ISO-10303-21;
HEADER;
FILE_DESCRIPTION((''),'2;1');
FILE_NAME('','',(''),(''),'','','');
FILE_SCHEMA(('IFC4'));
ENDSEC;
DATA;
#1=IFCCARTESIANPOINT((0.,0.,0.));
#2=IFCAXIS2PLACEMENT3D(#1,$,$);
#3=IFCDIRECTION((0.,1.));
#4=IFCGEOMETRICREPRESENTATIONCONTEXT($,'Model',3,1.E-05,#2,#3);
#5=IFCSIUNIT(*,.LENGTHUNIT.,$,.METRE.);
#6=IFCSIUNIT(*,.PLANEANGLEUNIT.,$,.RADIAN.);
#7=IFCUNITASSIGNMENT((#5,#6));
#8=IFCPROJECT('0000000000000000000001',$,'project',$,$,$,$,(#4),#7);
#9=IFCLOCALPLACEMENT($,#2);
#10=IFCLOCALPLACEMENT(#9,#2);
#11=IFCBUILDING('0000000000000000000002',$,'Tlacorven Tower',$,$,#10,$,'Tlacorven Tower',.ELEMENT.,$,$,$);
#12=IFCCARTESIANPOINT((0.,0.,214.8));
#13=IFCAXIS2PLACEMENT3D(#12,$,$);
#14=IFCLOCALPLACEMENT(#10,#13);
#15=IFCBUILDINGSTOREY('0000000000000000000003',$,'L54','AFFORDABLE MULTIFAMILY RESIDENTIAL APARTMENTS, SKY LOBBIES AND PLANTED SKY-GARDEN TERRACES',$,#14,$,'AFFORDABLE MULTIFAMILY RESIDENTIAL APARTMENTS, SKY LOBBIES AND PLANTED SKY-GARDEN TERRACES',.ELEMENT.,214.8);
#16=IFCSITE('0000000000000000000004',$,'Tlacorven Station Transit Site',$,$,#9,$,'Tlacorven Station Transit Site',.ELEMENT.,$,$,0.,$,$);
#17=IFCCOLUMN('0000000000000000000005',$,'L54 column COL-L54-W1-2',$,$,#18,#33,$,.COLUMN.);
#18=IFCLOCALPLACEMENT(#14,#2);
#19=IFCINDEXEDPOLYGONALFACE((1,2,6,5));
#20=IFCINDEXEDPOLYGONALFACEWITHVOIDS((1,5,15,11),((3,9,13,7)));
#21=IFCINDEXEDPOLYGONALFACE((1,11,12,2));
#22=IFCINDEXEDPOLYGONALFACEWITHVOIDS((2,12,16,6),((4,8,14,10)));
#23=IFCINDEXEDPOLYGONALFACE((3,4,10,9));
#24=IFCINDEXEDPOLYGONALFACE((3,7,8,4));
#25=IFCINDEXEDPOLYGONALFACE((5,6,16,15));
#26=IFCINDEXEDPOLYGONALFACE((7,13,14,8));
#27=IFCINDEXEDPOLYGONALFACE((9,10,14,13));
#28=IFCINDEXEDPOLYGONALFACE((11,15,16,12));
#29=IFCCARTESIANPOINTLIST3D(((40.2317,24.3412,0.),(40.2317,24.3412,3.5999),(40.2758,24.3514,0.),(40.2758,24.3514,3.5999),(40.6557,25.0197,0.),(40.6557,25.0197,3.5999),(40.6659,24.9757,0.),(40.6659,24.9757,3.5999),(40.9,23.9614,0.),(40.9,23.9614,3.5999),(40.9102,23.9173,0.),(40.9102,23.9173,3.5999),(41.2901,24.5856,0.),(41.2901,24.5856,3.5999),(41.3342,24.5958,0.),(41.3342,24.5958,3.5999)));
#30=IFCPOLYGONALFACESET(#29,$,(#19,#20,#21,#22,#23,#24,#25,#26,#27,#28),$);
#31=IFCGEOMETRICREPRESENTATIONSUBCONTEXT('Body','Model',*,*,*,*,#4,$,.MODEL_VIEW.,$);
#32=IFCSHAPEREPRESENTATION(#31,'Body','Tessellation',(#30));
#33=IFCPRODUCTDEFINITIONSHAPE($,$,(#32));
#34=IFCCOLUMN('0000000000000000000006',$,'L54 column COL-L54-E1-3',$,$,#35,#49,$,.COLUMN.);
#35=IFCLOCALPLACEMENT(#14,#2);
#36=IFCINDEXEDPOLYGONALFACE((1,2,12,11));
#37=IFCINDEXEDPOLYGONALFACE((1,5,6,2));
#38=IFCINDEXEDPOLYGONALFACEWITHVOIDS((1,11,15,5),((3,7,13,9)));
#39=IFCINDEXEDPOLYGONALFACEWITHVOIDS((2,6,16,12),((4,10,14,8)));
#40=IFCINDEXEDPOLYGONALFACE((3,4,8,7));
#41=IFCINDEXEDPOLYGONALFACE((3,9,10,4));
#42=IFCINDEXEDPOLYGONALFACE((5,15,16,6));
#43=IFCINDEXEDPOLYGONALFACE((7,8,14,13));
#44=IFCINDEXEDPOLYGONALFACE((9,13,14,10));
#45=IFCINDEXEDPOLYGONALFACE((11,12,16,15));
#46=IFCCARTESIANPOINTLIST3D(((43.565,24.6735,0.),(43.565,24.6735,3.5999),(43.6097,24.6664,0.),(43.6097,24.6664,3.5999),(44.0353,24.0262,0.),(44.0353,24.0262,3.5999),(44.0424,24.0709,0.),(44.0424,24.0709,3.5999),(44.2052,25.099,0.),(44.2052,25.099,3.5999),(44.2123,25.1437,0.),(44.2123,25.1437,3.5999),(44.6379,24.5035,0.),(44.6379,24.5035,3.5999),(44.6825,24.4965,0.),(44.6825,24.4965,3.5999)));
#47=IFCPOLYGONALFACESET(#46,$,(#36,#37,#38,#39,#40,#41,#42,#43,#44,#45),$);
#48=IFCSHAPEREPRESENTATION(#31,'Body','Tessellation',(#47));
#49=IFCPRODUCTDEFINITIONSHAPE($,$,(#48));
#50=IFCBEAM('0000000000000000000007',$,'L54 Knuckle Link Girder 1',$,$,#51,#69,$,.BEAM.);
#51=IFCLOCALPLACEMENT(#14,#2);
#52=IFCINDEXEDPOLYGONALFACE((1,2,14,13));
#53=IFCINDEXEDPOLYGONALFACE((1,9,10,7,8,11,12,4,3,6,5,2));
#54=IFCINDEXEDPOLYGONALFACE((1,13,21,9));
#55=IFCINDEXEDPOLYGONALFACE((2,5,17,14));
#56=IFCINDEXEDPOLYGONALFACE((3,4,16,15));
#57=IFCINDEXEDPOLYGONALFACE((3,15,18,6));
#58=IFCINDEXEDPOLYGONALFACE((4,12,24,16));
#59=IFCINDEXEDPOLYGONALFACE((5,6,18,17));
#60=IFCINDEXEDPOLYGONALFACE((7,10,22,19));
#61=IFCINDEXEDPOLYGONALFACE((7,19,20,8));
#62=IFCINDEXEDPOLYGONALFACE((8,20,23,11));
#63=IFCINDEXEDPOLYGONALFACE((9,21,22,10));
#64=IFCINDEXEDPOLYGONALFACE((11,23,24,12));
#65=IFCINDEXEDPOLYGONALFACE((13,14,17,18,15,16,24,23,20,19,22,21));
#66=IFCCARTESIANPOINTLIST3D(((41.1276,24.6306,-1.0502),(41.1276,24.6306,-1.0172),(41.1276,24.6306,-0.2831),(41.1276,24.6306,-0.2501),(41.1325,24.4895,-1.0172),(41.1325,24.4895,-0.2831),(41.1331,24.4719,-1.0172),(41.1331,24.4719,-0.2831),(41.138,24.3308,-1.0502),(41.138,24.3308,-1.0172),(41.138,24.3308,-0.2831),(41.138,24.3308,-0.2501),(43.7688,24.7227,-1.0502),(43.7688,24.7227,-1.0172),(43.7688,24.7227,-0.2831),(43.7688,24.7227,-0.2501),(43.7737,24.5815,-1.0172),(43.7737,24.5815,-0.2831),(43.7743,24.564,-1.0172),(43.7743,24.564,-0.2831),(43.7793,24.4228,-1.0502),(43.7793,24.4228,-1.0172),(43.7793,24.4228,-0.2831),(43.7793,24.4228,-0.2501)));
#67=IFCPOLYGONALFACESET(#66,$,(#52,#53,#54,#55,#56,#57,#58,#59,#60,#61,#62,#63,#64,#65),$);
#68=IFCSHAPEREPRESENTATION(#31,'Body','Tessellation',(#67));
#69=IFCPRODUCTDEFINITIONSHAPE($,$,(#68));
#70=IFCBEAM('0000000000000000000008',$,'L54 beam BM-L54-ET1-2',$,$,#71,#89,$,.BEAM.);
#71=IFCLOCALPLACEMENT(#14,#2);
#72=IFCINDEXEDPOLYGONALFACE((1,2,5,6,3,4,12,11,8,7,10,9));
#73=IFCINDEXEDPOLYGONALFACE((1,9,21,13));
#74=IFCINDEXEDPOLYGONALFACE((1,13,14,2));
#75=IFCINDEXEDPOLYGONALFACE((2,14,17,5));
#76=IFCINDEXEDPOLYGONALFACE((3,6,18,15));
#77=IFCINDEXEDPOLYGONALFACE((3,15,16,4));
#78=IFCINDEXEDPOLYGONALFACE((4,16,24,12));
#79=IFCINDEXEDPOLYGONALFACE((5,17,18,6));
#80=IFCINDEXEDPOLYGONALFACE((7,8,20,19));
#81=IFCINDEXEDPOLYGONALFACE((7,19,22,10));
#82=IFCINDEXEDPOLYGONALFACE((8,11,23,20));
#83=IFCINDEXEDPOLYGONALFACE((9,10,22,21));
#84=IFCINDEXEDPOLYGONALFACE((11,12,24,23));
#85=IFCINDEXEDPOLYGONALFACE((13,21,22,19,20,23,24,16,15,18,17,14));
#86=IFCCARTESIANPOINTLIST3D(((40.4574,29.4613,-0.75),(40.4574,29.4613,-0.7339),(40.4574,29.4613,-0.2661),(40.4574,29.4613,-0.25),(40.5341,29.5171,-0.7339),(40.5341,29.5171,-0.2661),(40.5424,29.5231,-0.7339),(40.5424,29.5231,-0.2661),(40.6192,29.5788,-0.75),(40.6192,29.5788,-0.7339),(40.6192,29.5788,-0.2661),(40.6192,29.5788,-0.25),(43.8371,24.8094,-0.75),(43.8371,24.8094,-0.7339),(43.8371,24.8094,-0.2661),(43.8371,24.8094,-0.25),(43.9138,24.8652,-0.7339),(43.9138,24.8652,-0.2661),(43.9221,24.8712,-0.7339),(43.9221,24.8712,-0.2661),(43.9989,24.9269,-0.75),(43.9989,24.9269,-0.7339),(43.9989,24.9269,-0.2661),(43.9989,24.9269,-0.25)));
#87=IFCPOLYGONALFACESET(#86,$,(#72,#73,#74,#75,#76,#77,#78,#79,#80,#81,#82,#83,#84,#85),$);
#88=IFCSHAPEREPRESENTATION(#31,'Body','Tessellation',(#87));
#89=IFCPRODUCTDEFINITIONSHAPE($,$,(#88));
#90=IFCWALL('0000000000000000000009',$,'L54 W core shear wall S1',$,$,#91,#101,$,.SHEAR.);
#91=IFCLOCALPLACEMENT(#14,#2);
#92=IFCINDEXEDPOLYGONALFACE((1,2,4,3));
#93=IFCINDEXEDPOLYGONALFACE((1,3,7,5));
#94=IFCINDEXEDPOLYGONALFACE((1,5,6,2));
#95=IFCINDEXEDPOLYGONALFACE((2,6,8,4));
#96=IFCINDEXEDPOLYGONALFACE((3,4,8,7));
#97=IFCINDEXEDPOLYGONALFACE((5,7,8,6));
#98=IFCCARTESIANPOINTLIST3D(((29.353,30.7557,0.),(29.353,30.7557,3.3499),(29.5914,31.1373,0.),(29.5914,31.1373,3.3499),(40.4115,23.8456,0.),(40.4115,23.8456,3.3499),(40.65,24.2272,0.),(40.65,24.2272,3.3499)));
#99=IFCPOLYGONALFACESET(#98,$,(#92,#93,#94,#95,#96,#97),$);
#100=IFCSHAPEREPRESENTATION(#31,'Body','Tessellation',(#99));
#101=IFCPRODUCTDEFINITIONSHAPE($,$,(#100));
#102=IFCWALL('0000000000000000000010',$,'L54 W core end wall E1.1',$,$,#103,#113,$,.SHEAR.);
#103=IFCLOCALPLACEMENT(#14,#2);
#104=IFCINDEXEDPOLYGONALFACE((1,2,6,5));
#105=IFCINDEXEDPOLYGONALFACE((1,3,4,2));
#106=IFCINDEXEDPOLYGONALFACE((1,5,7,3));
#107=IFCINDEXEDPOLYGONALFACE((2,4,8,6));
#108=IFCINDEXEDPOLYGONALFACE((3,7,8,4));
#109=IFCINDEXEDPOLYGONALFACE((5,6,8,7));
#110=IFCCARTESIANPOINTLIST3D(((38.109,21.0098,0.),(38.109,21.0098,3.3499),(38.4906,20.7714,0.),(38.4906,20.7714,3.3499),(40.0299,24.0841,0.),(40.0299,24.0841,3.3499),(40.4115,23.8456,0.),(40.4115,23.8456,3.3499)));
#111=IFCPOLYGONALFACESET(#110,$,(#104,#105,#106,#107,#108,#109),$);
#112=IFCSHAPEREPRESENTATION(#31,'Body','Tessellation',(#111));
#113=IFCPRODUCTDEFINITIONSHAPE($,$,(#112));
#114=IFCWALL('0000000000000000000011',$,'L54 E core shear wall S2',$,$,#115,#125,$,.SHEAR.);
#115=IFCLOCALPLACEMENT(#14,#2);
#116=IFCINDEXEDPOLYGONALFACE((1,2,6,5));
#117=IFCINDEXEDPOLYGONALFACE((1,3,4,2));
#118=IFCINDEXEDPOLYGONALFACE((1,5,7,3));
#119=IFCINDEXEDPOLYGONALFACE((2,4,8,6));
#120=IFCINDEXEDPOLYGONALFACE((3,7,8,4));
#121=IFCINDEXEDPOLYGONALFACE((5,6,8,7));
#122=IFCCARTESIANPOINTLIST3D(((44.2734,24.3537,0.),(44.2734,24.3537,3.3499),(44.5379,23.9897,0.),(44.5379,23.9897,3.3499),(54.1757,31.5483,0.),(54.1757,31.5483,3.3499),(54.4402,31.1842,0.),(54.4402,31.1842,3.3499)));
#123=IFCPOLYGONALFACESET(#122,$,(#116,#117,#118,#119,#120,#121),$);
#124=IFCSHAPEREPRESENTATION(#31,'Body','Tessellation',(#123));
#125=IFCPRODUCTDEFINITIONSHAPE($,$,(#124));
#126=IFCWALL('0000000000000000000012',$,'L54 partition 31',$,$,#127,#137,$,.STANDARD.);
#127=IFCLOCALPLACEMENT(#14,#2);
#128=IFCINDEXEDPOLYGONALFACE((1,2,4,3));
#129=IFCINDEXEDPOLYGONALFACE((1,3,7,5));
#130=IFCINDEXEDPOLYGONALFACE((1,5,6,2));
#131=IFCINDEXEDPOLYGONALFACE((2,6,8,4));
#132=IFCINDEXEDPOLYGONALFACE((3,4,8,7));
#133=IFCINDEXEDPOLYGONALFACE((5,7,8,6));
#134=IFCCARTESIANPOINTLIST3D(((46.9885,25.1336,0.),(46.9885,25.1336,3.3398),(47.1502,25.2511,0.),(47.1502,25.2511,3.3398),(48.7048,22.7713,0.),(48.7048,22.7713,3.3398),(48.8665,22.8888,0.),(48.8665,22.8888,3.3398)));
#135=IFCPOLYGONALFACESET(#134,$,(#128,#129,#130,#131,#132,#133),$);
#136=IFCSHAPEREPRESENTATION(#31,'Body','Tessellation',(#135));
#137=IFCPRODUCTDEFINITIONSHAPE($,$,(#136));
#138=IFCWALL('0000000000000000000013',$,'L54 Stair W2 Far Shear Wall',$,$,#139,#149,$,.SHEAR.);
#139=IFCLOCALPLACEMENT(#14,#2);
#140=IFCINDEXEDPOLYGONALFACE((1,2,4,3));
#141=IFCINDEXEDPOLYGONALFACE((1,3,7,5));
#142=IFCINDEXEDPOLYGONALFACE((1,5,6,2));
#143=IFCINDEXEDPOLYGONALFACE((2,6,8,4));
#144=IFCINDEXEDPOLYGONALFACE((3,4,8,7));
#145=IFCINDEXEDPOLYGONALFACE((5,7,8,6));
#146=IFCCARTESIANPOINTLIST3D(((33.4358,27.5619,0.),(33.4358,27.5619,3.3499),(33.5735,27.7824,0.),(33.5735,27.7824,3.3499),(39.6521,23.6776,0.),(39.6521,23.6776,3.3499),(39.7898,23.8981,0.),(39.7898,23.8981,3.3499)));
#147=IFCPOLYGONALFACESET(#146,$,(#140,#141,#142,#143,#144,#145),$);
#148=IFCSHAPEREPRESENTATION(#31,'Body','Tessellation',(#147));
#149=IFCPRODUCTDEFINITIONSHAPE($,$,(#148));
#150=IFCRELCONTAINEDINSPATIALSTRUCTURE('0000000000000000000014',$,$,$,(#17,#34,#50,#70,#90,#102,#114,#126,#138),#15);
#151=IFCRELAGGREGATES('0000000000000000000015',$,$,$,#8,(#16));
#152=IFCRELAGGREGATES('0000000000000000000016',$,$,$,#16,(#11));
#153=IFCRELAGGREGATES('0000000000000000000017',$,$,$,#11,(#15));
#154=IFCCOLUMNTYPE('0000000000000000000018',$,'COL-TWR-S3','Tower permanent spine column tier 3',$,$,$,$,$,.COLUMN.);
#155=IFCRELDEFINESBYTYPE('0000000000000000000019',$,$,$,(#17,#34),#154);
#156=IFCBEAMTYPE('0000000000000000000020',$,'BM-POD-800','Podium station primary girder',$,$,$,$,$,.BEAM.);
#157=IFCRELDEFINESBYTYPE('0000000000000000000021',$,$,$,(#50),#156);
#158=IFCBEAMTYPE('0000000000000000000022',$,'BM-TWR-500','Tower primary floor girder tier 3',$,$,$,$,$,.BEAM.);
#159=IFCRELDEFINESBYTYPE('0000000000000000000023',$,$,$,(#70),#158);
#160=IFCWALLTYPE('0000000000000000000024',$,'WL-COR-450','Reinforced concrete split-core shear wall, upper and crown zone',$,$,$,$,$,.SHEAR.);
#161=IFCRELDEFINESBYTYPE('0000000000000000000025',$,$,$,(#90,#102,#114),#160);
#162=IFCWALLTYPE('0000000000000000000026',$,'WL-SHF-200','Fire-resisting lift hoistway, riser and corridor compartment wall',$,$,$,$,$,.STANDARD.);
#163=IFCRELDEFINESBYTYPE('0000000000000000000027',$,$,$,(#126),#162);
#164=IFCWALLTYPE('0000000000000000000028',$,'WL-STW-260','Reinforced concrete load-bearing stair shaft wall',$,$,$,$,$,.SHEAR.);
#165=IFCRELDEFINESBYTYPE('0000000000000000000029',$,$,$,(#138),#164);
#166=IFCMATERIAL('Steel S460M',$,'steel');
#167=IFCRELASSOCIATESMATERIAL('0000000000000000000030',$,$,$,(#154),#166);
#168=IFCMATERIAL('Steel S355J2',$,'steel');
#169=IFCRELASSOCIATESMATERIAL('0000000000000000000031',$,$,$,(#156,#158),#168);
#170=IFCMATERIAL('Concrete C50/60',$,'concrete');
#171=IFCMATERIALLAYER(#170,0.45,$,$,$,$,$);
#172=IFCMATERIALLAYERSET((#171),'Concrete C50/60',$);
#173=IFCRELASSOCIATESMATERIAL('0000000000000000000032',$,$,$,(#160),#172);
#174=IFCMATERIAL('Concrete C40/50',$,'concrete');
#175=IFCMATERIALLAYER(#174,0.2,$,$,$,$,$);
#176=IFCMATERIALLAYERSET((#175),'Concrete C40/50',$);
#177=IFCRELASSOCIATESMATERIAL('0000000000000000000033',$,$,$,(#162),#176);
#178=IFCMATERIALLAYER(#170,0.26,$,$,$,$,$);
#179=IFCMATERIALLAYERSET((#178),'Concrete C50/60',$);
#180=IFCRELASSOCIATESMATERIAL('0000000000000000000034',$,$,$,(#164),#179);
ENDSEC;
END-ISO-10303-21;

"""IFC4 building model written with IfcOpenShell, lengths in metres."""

from ifc_helpers import new_model, si_unit, direction, frame, frame_2d, origin, origin_2d, place, context, subcontext, project, spatial, rectangle, hollow_rectangle, i_section, extrude, source, transform, mapped, material, layer, layer_set, material_profile, profile_set, type_object, element, save


model = new_model("IFC4")

# Units and contexts
model_context = context("Model", 3, precision=1e-05, world=origin(), true_north=direction((0.0, 1.0)))
body_context = subcontext(model_context, "Body", "Model", "MODEL_VIEW")
ifc_project = project(units=[si_unit("LENGTHUNIT", "METRE"), si_unit("PLANEANGLEUNIT", "RADIAN")], contexts=[model_context])

# Site, building, storey
site_placement = place(None, origin())
site = spatial("IfcSite", under=ifc_project, at=site_placement, Name="Tlacorven Station Transit Site", LongName="Tlacorven Station Transit Site", CompositionType="ELEMENT", RefElevation=0.0)
building_placement = place(site_placement, origin())
building = spatial("IfcBuilding", under=site, at=building_placement, Name="Tlacorven Tower", LongName="Tlacorven Tower", CompositionType="ELEMENT")
storey_placement = place(building_placement, frame((0.0, 0.0, 214.8)))
storey = spatial("IfcBuildingStorey", under=building, at=storey_placement, Name="L54", Description="AFFORDABLE MULTIFAMILY RESIDENTIAL APARTMENTS, SKY LOBBIES AND PLANTED SKY-GARDEN TERRACES", LongName="AFFORDABLE MULTIFAMILY RESIDENTIAL APARTMENTS, SKY LOBBIES AND PLANTED SKY-GARDEN TERRACES", CompositionType="ELEMENT", Elevation=214.8)

# Columns
ifc_material_1 = material(Name="Steel S460M", Category="steel")
ifc_material_profile_1 = material_profile(ifc_material_1, hollow_rectangle(XDim=0.8, YDim=0.8, WallThickness=0.032, at=origin_2d()), Name="BOX 800X800X32")
ifc_profile_set_1 = profile_set([ifc_material_profile_1], Name="Steel S460M")
column_type = type_object("IfcColumnType", Name="COL-TWR-S3", Description="Tower permanent spine column tier 3", PredefinedType="COLUMN", material=ifc_profile_set_1)
shared_shape_1 = source(origin(), body_context, "Body", "SweptSolid", [
    extrude(hollow_rectangle(XDim=0.8, YDim=0.8, WallThickness=0.032, at=origin_2d()), origin(), (0.0, 0.0, 1.0), 3.5999),
])
for number, where, z_axis, x_axis, name in (
    (1, (40.783, 24.4685, 0.0), (0.0, 0.0, 1.0), (-0.848048, 0.529919, 0.0), "L54 column COL-L54-W1-2"),
    (2, (44.1238, 24.585, 0.0), (0.0, 0.0, 1.0), (0.809017, 0.587785, 0.0), "L54 column COL-L54-E1-3"),
):
    element("IfcColumn", number, at=place(storey_placement, frame(where, z_axis=z_axis, x_axis=x_axis)), inside=storey, type_object=column_type, Name=name, PredefinedType="COLUMN", context=body_context, shape_type="MappedRepresentation", body=[
        mapped(shared_shape_1, transform((0.0, 0.0, 0.0), scale=1.0)),
    ])

# Beams
ifc_material_2 = material(Name="Steel S355J2", Category="steel")
ifc_material_profile_2 = material_profile(ifc_material_2, i_section(OverallWidth=0.3, OverallDepth=0.8, WebThickness=0.0176, FlangeThickness=0.033, at=origin_2d()), Name="HEB 800")
ifc_profile_set_2 = profile_set([ifc_material_profile_2], Name="Steel S355J2")
beam_type_1 = type_object("IfcBeamType", Name="BM-POD-800", Description="Podium station primary girder", PredefinedType="BEAM", material=ifc_profile_set_2)
shared_shape_2 = source(origin(), body_context, "Body", "SweptSolid", [
    extrude(i_section(OverallWidth=0.3, OverallDepth=0.8, WebThickness=0.0176, FlangeThickness=0.033, at=origin_2d()), origin(), (0.0, 0.0, 1.0), 2.6428),
])
beam_1_placement = place(storey_placement, frame((41.1328, 24.4807, -0.6501), z_axis=(0.999393, 0.034828, 0.0), x_axis=(-0.034828, 0.999393, 0.0)))
element("IfcBeam", 3, at=beam_1_placement, inside=storey, type_object=beam_type_1, Name="L54 Knuckle Link Girder 1", PredefinedType="BEAM", context=body_context, shape_type="MappedRepresentation", body=[
    mapped(shared_shape_2, transform((0.0, 0.0, 0.0), scale=1.0)),
])
ifc_material_profile_3 = material_profile(ifc_material_2, i_section(OverallWidth=0.2, OverallDepth=0.5, WebThickness=0.0103, FlangeThickness=0.0161, at=origin_2d()), Name="IPE 500")
ifc_profile_set_3 = profile_set([ifc_material_profile_3], Name="Steel S355J2")
beam_type_2 = type_object("IfcBeamType", Name="BM-TWR-500", Description="Tower primary floor girder tier 3", PredefinedType="BEAM", material=ifc_profile_set_3)
shared_shape_3 = source(origin(), body_context, "Body", "SweptSolid", [
    extrude(i_section(OverallWidth=0.2, OverallDepth=0.5, WebThickness=0.0103, FlangeThickness=0.0161, at=origin_2d()), origin(), (0.0, 0.0, 1.0), 5.75),
])
beam_2_placement = place(storey_placement, frame((43.918, 24.8682, -0.5), z_axis=(-0.58777, 0.809028, 0.0), x_axis=(-0.809028, -0.58777, 0.0)))
element("IfcBeam", 4, at=beam_2_placement, inside=storey, type_object=beam_type_2, Name="L54 beam BM-L54-ET1-2", PredefinedType="BEAM", context=body_context, shape_type="MappedRepresentation", body=[
    mapped(shared_shape_3, transform((0.0, 0.0, 0.0), scale=1.0)),
])

# Walls
ifc_material_3 = material(Name="Concrete C50/60", Category="concrete")
ifc_layer_1 = layer(ifc_material_3, 0.45)
ifc_layer_set_1 = layer_set([ifc_layer_1], Name="Concrete C50/60")
wall_type_1 = type_object("IfcWallType", Name="WL-COR-450", Description="Reinforced concrete split-core shear wall, upper and crown zone", PredefinedType="SHEAR", material=ifc_layer_set_1)
wall_1_placement = place(storey_placement, frame((40.5308, 24.0364, 0.0), z_axis=(0.0, 0.0, 1.0), x_axis=(-0.848049, 0.529918, 0.0)))
element("IfcWall", 5, at=wall_1_placement, inside=storey, type_object=wall_type_1, Name="L54 W core shear wall S1", PredefinedType="SHEAR", context=body_context, shape_type="SweptSolid", body=[
    extrude(rectangle(XDim=13.04, YDim=0.45, at=frame_2d((6.52, 0.0))), origin(), (0.0, 0.0, 1.0), 3.3499),
])
wall_2_placement = place(storey_placement, frame((40.2207, 23.9648, 0.0), z_axis=(0.0, 0.0, 1.0), x_axis=(-0.529902, -0.848059, 0.0)))
element("IfcWall", 6, at=wall_2_placement, inside=storey, type_object=wall_type_1, Name="L54 W core end wall E1.1", PredefinedType="SHEAR", context=body_context, shape_type="SweptSolid", body=[
    extrude(rectangle(XDim=3.625, YDim=0.45, at=frame_2d((1.8125, 0.0))), origin(), (0.0, 0.0, 1.0), 3.3499),
])
wall_3_placement = place(storey_placement, frame((44.4055, 24.1716, 0.0), z_axis=(0.0, 0.0, 1.0), x_axis=(0.809013, 0.587791, 0.0)))
element("IfcWall", 7, at=wall_3_placement, inside=storey, type_object=wall_type_1, Name="L54 E core shear wall S2", PredefinedType="SHEAR", context=body_context, shape_type="SweptSolid", body=[
    extrude(rectangle(XDim=12.24, YDim=0.45, at=frame_2d((6.1201, 0.0))), origin(), (0.0, 0.0, 1.0), 3.3499),
])
ifc_material_4 = material(Name="Concrete C40/50", Category="concrete")
ifc_layer_2 = layer(ifc_material_4, 0.2)
ifc_layer_set_2 = layer_set([ifc_layer_2], Name="Concrete C40/50")
wall_type_2 = type_object("IfcWallType", Name="WL-SHF-200", Description="Fire-resisting lift hoistway, riser and corridor compartment wall", PredefinedType="STANDARD", material=ifc_layer_set_2)
wall_4_placement = place(storey_placement, frame((48.7856, 22.8301, 0.0), z_axis=(0.0, 0.0, 1.0), x_axis=(-0.587784, 0.809018, 0.0)))
element("IfcWall", 8, at=wall_4_placement, inside=storey, type_object=wall_type_2, Name="L54 partition 31", PredefinedType="STANDARD", context=body_context, shape_type="SweptSolid", body=[
    extrude(rectangle(XDim=2.9199, YDim=0.2, at=frame_2d((1.46, 0.0))), origin(), (0.0, 0.0, 1.0), 3.3398),
])
ifc_layer_3 = layer(ifc_material_3, 0.26)
ifc_layer_set_3 = layer_set([ifc_layer_3], Name="Concrete C50/60")
wall_type_3 = type_object("IfcWallType", Name="WL-STW-260", Description="Reinforced concrete load-bearing stair shaft wall", PredefinedType="SHEAR", material=ifc_layer_set_3)
wall_5_placement = place(storey_placement, frame((39.7209, 23.7878, 0.0), z_axis=(0.0, 0.0, 1.0), x_axis=(-0.848054, 0.529909, 0.0)))
element("IfcWall", 9, at=wall_5_placement, inside=storey, type_object=wall_type_3, Name="L54 Stair W2 Far Shear Wall", PredefinedType="SHEAR", context=body_context, shape_type="SweptSolid", body=[
    extrude(rectangle(XDim=7.3301, YDim=0.26, at=frame_2d((3.665, 0.0))), origin(), (0.0, 0.0, 1.0), 3.3499),
])

save(model, "model.ifc")
